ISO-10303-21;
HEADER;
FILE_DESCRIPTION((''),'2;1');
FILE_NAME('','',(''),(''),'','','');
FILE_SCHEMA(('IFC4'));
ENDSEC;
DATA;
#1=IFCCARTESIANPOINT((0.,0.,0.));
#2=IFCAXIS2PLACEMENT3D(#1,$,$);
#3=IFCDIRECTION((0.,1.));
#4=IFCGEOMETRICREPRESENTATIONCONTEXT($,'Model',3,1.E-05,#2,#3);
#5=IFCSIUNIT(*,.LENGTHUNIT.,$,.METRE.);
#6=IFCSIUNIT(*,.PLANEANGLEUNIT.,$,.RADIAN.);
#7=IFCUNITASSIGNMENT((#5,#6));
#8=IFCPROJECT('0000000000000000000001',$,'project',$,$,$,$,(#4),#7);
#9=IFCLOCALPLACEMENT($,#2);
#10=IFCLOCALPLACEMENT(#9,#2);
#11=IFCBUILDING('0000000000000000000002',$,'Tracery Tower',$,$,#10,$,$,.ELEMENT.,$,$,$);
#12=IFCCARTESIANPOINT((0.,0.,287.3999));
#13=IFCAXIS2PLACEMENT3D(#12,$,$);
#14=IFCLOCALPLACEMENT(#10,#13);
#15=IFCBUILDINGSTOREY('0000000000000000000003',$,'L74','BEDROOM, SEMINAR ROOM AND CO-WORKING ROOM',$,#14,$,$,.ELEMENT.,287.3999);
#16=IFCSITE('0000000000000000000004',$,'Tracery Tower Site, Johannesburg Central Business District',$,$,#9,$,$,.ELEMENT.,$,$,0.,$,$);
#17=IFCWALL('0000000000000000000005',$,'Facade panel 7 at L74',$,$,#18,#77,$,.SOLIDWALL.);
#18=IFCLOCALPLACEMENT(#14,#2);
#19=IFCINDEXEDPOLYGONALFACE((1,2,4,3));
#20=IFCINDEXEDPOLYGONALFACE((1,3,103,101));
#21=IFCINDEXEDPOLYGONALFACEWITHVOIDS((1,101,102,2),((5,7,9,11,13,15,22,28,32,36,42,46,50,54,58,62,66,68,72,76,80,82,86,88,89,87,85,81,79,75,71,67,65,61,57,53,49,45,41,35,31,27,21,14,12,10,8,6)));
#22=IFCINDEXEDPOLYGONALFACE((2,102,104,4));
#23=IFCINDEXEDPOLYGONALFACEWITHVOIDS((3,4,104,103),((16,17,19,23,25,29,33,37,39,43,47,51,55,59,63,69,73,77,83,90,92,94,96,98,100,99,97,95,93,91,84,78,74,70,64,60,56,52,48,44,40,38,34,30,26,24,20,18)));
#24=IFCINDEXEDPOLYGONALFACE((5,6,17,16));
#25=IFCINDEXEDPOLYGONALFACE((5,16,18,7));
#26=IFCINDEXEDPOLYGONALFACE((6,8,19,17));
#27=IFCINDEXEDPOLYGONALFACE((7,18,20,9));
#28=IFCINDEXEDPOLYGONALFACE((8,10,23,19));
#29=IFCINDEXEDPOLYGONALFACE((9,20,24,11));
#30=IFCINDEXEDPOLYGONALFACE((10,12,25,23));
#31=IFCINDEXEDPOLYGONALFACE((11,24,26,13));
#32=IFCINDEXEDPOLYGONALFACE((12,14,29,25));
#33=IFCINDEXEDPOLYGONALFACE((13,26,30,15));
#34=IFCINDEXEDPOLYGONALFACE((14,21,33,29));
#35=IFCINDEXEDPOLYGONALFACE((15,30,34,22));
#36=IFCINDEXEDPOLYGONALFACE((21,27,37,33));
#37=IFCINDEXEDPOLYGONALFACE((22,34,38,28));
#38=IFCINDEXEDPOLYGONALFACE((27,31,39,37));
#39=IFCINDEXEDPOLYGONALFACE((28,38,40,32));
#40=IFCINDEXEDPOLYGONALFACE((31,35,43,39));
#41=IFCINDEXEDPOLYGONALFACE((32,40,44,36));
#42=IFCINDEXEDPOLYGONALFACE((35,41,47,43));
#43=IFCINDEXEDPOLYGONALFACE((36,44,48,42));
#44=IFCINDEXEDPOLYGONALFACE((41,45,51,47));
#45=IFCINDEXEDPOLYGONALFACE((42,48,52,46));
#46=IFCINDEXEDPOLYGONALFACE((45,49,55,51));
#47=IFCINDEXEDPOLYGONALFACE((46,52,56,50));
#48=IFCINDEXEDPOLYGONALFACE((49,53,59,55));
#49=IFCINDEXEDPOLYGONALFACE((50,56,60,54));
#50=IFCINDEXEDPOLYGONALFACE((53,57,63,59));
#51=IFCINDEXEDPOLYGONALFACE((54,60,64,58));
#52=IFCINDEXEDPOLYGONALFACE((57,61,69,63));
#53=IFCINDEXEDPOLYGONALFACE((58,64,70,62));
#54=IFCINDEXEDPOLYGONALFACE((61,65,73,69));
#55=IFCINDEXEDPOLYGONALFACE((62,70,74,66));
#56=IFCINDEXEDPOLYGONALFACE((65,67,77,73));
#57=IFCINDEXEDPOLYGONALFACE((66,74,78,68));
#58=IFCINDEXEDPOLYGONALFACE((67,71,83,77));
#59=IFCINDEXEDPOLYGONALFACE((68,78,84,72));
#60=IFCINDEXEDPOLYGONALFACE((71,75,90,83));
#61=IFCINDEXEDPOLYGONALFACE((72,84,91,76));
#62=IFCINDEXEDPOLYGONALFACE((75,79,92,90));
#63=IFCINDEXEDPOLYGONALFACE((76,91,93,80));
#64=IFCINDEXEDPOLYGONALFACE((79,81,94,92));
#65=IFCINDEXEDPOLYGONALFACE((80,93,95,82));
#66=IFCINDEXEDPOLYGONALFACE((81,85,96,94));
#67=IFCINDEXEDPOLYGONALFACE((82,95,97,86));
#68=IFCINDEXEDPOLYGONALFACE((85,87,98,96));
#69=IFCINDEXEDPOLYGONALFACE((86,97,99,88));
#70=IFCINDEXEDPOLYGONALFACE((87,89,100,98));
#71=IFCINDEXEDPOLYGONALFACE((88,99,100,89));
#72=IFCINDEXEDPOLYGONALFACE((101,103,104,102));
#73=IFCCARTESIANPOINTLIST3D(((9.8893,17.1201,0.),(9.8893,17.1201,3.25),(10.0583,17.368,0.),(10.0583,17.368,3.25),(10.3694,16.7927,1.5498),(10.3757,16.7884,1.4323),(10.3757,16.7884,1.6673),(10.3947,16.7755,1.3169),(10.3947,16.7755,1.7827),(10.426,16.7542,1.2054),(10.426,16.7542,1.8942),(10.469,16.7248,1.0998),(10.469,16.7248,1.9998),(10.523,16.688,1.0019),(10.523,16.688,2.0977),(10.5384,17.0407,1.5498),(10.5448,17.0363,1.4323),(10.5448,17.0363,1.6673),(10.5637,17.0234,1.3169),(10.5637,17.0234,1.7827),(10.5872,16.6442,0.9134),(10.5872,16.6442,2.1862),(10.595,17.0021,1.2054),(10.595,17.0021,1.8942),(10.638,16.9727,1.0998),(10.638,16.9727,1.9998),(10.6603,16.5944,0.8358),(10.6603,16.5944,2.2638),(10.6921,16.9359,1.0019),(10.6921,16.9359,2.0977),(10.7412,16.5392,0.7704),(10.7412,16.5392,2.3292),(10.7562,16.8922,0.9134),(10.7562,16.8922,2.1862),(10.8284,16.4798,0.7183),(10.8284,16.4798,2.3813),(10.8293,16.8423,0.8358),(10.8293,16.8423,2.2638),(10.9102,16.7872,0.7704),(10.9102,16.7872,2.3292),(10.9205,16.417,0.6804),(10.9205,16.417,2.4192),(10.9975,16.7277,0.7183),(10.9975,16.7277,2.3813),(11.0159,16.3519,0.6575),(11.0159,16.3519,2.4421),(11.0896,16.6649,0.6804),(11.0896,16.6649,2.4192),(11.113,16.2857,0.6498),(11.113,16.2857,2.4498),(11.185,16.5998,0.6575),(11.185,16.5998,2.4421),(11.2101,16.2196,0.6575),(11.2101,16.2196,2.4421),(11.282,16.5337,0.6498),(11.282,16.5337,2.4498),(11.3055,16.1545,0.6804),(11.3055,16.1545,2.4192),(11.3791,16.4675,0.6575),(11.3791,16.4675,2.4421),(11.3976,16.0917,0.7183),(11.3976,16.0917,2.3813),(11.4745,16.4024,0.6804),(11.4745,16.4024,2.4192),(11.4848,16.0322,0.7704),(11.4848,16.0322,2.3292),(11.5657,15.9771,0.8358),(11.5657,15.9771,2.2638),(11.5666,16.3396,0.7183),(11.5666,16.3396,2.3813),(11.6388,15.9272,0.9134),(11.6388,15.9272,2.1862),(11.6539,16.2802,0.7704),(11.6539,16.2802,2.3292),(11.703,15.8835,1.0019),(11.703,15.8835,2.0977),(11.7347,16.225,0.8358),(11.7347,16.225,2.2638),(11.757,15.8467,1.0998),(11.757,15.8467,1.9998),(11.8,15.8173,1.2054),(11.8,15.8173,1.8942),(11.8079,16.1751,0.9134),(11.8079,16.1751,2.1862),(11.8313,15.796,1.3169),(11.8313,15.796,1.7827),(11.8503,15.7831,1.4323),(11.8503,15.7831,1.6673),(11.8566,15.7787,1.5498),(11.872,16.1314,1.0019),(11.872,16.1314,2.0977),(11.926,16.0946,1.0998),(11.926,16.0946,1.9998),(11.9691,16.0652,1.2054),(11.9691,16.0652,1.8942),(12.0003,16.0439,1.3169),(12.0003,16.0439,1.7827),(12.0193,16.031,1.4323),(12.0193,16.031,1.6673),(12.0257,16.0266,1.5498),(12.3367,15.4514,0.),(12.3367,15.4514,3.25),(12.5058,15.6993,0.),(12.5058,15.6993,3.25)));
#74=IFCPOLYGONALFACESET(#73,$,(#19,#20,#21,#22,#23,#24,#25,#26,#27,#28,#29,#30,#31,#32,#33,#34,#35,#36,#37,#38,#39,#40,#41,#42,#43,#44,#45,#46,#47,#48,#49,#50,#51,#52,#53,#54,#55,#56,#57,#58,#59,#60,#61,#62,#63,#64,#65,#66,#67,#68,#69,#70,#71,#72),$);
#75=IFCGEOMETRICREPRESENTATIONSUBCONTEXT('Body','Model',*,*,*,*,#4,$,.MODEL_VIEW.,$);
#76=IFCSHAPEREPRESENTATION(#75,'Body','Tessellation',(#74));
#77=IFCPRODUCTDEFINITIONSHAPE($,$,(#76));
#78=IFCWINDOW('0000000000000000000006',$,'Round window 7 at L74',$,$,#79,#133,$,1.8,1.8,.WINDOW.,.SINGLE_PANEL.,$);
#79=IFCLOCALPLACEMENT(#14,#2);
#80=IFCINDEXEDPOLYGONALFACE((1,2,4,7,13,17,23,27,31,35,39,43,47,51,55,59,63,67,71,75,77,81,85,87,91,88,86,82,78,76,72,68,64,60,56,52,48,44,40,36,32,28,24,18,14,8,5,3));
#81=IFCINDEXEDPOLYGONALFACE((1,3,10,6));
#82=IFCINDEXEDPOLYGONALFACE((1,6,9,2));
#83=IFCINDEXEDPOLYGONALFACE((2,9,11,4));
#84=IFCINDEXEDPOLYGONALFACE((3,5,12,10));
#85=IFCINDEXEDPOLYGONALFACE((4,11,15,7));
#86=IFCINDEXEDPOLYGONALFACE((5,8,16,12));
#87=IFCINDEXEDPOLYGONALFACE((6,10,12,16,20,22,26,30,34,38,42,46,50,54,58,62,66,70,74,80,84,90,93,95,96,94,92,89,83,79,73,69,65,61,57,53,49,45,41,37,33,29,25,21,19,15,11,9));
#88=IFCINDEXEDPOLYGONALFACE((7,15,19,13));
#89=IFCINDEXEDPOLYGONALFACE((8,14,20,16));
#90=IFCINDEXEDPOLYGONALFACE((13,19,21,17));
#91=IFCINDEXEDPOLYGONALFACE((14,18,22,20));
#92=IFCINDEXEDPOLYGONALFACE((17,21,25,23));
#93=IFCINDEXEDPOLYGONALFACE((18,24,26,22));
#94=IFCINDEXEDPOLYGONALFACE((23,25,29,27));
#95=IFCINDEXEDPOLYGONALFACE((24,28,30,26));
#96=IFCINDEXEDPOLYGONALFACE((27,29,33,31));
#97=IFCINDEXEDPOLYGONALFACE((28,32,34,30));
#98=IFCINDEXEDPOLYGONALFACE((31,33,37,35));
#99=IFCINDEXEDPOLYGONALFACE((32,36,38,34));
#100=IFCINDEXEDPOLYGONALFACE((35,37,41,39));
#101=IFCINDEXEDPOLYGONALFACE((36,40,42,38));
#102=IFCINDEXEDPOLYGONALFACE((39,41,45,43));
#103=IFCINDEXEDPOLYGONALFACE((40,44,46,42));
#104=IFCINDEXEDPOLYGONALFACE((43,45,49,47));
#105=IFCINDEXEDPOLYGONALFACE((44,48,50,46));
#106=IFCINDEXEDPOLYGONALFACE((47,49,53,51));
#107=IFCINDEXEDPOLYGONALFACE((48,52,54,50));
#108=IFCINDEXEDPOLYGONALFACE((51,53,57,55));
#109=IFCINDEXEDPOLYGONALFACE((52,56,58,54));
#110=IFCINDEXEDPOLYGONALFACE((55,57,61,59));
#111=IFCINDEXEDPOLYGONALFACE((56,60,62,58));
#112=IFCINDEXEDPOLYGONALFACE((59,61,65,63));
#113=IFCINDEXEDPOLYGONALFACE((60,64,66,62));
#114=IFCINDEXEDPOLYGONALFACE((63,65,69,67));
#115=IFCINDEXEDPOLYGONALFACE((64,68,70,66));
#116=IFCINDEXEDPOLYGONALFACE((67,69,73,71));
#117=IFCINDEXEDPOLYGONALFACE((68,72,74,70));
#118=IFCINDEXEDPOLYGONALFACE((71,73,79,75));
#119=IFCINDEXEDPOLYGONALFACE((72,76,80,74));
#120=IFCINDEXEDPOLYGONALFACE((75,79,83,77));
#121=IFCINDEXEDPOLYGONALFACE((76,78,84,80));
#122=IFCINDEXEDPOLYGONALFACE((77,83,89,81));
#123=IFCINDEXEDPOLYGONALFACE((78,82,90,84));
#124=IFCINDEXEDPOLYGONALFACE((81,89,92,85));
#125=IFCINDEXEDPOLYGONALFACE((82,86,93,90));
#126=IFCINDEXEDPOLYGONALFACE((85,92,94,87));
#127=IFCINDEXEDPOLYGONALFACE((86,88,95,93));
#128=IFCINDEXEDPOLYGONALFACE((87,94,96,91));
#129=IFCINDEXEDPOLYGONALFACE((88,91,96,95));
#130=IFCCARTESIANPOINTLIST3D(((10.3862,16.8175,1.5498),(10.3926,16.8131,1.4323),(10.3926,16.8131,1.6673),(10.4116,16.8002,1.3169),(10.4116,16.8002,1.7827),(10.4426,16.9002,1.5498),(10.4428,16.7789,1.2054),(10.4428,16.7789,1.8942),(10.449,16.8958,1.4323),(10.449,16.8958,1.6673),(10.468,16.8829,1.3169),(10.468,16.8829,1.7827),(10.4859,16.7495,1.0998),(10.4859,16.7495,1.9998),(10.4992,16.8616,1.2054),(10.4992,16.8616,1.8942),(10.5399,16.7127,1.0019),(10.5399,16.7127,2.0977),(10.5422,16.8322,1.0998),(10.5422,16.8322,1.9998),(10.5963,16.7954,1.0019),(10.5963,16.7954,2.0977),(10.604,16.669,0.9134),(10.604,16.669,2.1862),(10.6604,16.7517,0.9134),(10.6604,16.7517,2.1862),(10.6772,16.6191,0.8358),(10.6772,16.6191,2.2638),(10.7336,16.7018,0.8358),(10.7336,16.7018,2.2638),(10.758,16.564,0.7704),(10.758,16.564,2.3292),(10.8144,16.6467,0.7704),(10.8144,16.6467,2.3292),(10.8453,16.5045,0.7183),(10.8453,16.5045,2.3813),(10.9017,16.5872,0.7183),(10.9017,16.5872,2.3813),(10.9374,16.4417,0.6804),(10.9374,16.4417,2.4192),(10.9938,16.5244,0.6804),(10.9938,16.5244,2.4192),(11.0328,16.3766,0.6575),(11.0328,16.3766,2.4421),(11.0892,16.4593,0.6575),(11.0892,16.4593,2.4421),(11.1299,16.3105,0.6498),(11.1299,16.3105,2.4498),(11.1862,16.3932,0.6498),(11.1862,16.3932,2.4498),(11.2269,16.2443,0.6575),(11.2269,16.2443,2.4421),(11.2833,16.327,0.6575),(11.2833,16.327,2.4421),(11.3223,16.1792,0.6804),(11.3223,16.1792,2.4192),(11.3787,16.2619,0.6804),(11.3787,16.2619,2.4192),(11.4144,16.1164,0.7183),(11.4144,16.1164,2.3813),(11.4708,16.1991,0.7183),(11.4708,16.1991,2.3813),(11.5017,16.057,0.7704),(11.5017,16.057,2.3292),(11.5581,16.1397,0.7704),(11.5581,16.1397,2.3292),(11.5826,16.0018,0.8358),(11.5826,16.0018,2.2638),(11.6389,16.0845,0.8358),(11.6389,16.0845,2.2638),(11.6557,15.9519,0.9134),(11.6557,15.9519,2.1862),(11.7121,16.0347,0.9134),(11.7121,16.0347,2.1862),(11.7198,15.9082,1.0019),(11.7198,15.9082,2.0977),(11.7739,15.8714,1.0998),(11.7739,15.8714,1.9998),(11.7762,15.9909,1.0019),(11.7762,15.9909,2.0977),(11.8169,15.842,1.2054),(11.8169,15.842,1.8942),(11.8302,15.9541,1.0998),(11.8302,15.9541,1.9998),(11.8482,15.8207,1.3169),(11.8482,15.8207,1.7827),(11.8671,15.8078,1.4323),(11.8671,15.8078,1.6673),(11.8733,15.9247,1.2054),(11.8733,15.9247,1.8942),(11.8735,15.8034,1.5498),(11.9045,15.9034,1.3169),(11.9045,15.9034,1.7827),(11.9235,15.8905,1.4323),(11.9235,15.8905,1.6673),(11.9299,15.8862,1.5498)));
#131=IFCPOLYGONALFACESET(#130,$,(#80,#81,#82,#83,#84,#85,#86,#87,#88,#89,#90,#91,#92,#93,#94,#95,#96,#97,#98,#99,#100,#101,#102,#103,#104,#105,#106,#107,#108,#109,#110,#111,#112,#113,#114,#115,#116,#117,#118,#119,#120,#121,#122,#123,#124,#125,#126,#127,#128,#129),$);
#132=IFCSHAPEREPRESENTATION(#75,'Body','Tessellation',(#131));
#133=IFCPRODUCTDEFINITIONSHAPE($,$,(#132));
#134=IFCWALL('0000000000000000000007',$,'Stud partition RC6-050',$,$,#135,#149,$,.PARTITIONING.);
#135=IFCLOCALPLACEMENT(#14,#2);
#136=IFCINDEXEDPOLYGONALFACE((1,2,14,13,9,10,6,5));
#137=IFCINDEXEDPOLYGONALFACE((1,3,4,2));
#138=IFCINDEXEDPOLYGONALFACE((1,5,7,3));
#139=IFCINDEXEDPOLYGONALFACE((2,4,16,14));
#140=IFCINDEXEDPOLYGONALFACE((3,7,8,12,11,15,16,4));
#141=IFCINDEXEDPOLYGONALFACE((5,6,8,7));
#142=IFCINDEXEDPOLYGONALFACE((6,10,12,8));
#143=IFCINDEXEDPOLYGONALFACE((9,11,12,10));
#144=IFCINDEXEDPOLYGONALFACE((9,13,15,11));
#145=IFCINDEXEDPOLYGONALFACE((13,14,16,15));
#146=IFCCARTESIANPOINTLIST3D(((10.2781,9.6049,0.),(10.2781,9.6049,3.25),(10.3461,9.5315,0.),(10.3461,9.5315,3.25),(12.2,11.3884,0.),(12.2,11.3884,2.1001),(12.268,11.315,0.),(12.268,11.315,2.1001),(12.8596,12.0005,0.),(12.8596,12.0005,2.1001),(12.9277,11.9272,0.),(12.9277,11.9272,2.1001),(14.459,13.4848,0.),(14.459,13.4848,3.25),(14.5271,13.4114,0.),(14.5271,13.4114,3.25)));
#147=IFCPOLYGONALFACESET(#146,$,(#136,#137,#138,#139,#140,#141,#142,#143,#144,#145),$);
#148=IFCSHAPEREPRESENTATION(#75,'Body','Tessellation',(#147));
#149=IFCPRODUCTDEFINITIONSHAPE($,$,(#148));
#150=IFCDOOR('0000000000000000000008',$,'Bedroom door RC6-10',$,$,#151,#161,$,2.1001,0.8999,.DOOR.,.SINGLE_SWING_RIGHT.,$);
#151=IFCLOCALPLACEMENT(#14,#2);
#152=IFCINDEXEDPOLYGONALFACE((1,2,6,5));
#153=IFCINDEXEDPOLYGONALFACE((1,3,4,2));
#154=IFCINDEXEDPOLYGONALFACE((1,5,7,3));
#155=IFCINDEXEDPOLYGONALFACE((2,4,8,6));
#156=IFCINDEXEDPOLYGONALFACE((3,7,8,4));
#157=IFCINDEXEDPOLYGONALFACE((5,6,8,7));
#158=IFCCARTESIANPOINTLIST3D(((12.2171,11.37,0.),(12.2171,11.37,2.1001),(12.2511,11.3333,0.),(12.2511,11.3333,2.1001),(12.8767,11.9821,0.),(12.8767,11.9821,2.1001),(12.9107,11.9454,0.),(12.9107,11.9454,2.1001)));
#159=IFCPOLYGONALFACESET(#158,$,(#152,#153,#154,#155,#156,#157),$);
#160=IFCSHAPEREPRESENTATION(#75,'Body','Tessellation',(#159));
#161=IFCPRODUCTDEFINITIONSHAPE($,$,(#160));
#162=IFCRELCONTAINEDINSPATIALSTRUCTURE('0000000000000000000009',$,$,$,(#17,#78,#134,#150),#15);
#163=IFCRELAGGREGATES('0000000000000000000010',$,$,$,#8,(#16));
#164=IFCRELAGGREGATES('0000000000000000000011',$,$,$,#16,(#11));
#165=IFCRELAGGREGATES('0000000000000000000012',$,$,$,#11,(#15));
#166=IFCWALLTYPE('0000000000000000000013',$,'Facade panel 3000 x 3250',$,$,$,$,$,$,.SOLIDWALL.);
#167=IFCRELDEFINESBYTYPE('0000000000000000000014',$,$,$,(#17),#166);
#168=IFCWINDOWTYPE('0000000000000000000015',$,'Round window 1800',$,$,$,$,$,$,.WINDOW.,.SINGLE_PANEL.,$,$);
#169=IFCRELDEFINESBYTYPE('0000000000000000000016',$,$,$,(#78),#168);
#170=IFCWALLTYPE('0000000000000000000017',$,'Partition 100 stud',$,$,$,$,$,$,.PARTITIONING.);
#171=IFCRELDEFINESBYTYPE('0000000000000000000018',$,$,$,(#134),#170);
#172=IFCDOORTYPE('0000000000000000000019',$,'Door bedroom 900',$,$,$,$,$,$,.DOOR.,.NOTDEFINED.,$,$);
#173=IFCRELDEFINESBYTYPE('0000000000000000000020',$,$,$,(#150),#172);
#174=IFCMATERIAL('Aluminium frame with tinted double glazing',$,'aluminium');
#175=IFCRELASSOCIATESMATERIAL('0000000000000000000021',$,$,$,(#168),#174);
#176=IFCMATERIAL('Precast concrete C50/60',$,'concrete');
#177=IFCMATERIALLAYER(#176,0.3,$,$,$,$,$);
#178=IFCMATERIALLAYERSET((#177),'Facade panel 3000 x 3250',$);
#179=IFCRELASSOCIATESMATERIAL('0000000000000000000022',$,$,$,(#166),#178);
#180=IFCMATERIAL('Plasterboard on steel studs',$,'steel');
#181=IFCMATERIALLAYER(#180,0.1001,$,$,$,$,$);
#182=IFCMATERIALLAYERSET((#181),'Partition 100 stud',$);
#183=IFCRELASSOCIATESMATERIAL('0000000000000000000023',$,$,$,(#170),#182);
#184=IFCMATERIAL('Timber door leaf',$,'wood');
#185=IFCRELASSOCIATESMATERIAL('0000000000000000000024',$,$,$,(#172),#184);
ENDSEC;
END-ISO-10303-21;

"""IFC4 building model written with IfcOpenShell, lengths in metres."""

from ifc_helpers import new_model, si_unit, direction, frame, frame_2d, origin, origin_2d, place, context, subcontext, project, spatial, rectangle, circle, extrude, material, layer, layer_set, type_object, element, fill, save


model = new_model("IFC4")

# Units and contexts
model_context = context("Model", 3, precision=1e-05, world=origin(), true_north=direction((0.0, 1.0)))
body_context = subcontext(model_context, "Body", "Model", "MODEL_VIEW")
ifc_project = project(units=[si_unit("LENGTHUNIT", "METRE"), si_unit("PLANEANGLEUNIT", "RADIAN")], contexts=[model_context])

# Site, building, storey
site_placement = place(None, origin())
site = spatial("IfcSite", under=ifc_project, at=site_placement, Name="Tracery Tower Site, Johannesburg Central Business District", CompositionType="ELEMENT", RefElevation=0.0)
building_placement = place(site_placement, origin())
building = spatial("IfcBuilding", under=site, at=building_placement, Name="Tracery Tower", CompositionType="ELEMENT")
storey_placement = place(building_placement, frame((0.0, 0.0, 287.3999)))
storey = spatial("IfcBuildingStorey", under=building, at=storey_placement, Name="L74", Description="BEDROOM, SEMINAR ROOM AND CO-WORKING ROOM", CompositionType="ELEMENT", Elevation=287.3999)

# Wall, opening, window
ifc_material_1 = material(Name="Aluminium frame with tinted double glazing", Category="aluminium")
window_type = type_object("IfcWindowType", Name="Round window 1800", PartitioningType="SINGLE_PANEL", PredefinedType="WINDOW", material=ifc_material_1)
ifc_material_2 = material(Name="Precast concrete C50/60", Category="concrete")
ifc_layer_1 = layer(ifc_material_2, 0.3)
ifc_layer_set_1 = layer_set([ifc_layer_1], Name="Facade panel 3000 x 3250")
wall_type_1 = type_object("IfcWallType", Name="Facade panel 3000 x 3250", PredefinedType="SOLIDWALL", material=ifc_layer_set_1)
wall_1_placement = place(storey_placement, frame((12.4211, 15.5754, 0.0), z_axis=(0.0, 0.0, 1.0), x_axis=(-0.826236, 0.563324, 0.0)))
wall_1 = element("IfcWall", 1, at=wall_1_placement, inside=storey, type_object=wall_type_1, Name="Facade panel 7 at L74", PredefinedType="SOLIDWALL", context=body_context, shape_type="SweptSolid", body=[
    extrude(rectangle(XDim=2.9622, YDim=0.3, at=frame_2d((1.481, 0.0))), origin(), (0.0, 0.0, 1.0), 3.25),
])
opening_1_placement = place(wall_1_placement, frame((1.481, 0.0, 1.5498)))
opening_1 = element("IfcOpeningElement", 2, at=opening_1_placement, cuts=wall_1, PredefinedType="OPENING", context=body_context, shape_type="SweptSolid", body=[
    extrude(circle(Radius=0.9, at=origin_2d()), frame((0.0, 0.1599, 0.0), z_axis=(0.0, -1.0, 0.0), x_axis=(1.0, 0.0, 0.0)), (0.0, 0.0, 1.0), 0.3201),
])
window_1_placement = place(opening_1_placement, origin())
window_1 = element("IfcWindow", 3, at=window_1_placement, inside=storey, type_object=window_type, Name="Round window 7 at L74", OverallHeight=1.8, OverallWidth=1.8, PartitioningType="SINGLE_PANEL", PredefinedType="WINDOW", context=body_context, shape_type="SweptSolid", body=[
    extrude(circle(Radius=0.9, at=origin_2d()), frame((0.0, 0.1201, 0.0), z_axis=(0.0, -1.0, 0.0), x_axis=(1.0, 0.0, 0.0)), (0.0, 0.0, 1.0), 0.1001),
])
fill(opening_1, window_1)

# Wall, opening, door
ifc_material_3 = material(Name="Plasterboard on steel studs", Category="steel")
ifc_layer_2 = layer(ifc_material_3, 0.1001)
ifc_layer_set_2 = layer_set([ifc_layer_2], Name="Partition 100 stud")
wall_type_2 = type_object("IfcWallType", Name="Partition 100 stud", PredefinedType="PARTITIONING", material=ifc_layer_set_2)
wall_2_placement = place(storey_placement, frame((10.312, 9.5681, 0.0), z_axis=(0.0, 0.0, 1.0), x_axis=(0.733002, 0.680226, 0.0)))
wall_2 = element("IfcWall", 4, at=wall_2_placement, inside=storey, type_object=wall_type_2, Name="Stud partition RC6-050", PredefinedType="PARTITIONING", context=body_context, shape_type="SweptSolid", body=[
    extrude(rectangle(XDim=5.7039, YDim=0.1001, at=frame_2d((2.8521, 0.0))), origin(), (0.0, 0.0, 1.0), 3.25),
])
opening_2_placement = place(wall_2_placement, frame((2.6221, 0.0, 0.0)))
opening_2 = element("IfcOpeningElement", 5, at=opening_2_placement, cuts=wall_2, PredefinedType="OPENING", context=body_context, shape_type="SweptSolid", body=[
    extrude(rectangle(XDim=0.8999, YDim=2.1001, at=frame_2d((0.45, 1.05))), frame((0.0, 0.05, 0.0), z_axis=(0.0, -1.0, 0.0), x_axis=(1.0, 0.0, 0.0)), (0.0, 0.0, 1.0), 0.1001),
])
ifc_material_4 = material(Name="Timber door leaf", Category="wood")
door_type_1 = type_object("IfcDoorType", Name="Door bedroom 900", OperationType="NOTDEFINED", PredefinedType="DOOR", material=ifc_material_4)
door_1_placement = place(opening_2_placement, origin())
door_1 = element("IfcDoor", 6, at=door_1_placement, inside=storey, type_object=door_type_1, Name="Bedroom door RC6-10", OperationType="SINGLE_SWING_RIGHT", OverallHeight=2.1001, OverallWidth=0.8999, PredefinedType="DOOR", context=body_context, shape_type="SweptSolid", body=[
    extrude(rectangle(XDim=0.8999, YDim=2.1001, at=frame_2d((0.45, 1.05))), frame((0.0, 0.0249, 0.0), z_axis=(0.0, -1.0, 0.0), x_axis=(1.0, 0.0, 0.0)), (0.0, 0.0, 1.0), 0.05),
])
fill(opening_2, door_1)

save(model, "model.ifc")
